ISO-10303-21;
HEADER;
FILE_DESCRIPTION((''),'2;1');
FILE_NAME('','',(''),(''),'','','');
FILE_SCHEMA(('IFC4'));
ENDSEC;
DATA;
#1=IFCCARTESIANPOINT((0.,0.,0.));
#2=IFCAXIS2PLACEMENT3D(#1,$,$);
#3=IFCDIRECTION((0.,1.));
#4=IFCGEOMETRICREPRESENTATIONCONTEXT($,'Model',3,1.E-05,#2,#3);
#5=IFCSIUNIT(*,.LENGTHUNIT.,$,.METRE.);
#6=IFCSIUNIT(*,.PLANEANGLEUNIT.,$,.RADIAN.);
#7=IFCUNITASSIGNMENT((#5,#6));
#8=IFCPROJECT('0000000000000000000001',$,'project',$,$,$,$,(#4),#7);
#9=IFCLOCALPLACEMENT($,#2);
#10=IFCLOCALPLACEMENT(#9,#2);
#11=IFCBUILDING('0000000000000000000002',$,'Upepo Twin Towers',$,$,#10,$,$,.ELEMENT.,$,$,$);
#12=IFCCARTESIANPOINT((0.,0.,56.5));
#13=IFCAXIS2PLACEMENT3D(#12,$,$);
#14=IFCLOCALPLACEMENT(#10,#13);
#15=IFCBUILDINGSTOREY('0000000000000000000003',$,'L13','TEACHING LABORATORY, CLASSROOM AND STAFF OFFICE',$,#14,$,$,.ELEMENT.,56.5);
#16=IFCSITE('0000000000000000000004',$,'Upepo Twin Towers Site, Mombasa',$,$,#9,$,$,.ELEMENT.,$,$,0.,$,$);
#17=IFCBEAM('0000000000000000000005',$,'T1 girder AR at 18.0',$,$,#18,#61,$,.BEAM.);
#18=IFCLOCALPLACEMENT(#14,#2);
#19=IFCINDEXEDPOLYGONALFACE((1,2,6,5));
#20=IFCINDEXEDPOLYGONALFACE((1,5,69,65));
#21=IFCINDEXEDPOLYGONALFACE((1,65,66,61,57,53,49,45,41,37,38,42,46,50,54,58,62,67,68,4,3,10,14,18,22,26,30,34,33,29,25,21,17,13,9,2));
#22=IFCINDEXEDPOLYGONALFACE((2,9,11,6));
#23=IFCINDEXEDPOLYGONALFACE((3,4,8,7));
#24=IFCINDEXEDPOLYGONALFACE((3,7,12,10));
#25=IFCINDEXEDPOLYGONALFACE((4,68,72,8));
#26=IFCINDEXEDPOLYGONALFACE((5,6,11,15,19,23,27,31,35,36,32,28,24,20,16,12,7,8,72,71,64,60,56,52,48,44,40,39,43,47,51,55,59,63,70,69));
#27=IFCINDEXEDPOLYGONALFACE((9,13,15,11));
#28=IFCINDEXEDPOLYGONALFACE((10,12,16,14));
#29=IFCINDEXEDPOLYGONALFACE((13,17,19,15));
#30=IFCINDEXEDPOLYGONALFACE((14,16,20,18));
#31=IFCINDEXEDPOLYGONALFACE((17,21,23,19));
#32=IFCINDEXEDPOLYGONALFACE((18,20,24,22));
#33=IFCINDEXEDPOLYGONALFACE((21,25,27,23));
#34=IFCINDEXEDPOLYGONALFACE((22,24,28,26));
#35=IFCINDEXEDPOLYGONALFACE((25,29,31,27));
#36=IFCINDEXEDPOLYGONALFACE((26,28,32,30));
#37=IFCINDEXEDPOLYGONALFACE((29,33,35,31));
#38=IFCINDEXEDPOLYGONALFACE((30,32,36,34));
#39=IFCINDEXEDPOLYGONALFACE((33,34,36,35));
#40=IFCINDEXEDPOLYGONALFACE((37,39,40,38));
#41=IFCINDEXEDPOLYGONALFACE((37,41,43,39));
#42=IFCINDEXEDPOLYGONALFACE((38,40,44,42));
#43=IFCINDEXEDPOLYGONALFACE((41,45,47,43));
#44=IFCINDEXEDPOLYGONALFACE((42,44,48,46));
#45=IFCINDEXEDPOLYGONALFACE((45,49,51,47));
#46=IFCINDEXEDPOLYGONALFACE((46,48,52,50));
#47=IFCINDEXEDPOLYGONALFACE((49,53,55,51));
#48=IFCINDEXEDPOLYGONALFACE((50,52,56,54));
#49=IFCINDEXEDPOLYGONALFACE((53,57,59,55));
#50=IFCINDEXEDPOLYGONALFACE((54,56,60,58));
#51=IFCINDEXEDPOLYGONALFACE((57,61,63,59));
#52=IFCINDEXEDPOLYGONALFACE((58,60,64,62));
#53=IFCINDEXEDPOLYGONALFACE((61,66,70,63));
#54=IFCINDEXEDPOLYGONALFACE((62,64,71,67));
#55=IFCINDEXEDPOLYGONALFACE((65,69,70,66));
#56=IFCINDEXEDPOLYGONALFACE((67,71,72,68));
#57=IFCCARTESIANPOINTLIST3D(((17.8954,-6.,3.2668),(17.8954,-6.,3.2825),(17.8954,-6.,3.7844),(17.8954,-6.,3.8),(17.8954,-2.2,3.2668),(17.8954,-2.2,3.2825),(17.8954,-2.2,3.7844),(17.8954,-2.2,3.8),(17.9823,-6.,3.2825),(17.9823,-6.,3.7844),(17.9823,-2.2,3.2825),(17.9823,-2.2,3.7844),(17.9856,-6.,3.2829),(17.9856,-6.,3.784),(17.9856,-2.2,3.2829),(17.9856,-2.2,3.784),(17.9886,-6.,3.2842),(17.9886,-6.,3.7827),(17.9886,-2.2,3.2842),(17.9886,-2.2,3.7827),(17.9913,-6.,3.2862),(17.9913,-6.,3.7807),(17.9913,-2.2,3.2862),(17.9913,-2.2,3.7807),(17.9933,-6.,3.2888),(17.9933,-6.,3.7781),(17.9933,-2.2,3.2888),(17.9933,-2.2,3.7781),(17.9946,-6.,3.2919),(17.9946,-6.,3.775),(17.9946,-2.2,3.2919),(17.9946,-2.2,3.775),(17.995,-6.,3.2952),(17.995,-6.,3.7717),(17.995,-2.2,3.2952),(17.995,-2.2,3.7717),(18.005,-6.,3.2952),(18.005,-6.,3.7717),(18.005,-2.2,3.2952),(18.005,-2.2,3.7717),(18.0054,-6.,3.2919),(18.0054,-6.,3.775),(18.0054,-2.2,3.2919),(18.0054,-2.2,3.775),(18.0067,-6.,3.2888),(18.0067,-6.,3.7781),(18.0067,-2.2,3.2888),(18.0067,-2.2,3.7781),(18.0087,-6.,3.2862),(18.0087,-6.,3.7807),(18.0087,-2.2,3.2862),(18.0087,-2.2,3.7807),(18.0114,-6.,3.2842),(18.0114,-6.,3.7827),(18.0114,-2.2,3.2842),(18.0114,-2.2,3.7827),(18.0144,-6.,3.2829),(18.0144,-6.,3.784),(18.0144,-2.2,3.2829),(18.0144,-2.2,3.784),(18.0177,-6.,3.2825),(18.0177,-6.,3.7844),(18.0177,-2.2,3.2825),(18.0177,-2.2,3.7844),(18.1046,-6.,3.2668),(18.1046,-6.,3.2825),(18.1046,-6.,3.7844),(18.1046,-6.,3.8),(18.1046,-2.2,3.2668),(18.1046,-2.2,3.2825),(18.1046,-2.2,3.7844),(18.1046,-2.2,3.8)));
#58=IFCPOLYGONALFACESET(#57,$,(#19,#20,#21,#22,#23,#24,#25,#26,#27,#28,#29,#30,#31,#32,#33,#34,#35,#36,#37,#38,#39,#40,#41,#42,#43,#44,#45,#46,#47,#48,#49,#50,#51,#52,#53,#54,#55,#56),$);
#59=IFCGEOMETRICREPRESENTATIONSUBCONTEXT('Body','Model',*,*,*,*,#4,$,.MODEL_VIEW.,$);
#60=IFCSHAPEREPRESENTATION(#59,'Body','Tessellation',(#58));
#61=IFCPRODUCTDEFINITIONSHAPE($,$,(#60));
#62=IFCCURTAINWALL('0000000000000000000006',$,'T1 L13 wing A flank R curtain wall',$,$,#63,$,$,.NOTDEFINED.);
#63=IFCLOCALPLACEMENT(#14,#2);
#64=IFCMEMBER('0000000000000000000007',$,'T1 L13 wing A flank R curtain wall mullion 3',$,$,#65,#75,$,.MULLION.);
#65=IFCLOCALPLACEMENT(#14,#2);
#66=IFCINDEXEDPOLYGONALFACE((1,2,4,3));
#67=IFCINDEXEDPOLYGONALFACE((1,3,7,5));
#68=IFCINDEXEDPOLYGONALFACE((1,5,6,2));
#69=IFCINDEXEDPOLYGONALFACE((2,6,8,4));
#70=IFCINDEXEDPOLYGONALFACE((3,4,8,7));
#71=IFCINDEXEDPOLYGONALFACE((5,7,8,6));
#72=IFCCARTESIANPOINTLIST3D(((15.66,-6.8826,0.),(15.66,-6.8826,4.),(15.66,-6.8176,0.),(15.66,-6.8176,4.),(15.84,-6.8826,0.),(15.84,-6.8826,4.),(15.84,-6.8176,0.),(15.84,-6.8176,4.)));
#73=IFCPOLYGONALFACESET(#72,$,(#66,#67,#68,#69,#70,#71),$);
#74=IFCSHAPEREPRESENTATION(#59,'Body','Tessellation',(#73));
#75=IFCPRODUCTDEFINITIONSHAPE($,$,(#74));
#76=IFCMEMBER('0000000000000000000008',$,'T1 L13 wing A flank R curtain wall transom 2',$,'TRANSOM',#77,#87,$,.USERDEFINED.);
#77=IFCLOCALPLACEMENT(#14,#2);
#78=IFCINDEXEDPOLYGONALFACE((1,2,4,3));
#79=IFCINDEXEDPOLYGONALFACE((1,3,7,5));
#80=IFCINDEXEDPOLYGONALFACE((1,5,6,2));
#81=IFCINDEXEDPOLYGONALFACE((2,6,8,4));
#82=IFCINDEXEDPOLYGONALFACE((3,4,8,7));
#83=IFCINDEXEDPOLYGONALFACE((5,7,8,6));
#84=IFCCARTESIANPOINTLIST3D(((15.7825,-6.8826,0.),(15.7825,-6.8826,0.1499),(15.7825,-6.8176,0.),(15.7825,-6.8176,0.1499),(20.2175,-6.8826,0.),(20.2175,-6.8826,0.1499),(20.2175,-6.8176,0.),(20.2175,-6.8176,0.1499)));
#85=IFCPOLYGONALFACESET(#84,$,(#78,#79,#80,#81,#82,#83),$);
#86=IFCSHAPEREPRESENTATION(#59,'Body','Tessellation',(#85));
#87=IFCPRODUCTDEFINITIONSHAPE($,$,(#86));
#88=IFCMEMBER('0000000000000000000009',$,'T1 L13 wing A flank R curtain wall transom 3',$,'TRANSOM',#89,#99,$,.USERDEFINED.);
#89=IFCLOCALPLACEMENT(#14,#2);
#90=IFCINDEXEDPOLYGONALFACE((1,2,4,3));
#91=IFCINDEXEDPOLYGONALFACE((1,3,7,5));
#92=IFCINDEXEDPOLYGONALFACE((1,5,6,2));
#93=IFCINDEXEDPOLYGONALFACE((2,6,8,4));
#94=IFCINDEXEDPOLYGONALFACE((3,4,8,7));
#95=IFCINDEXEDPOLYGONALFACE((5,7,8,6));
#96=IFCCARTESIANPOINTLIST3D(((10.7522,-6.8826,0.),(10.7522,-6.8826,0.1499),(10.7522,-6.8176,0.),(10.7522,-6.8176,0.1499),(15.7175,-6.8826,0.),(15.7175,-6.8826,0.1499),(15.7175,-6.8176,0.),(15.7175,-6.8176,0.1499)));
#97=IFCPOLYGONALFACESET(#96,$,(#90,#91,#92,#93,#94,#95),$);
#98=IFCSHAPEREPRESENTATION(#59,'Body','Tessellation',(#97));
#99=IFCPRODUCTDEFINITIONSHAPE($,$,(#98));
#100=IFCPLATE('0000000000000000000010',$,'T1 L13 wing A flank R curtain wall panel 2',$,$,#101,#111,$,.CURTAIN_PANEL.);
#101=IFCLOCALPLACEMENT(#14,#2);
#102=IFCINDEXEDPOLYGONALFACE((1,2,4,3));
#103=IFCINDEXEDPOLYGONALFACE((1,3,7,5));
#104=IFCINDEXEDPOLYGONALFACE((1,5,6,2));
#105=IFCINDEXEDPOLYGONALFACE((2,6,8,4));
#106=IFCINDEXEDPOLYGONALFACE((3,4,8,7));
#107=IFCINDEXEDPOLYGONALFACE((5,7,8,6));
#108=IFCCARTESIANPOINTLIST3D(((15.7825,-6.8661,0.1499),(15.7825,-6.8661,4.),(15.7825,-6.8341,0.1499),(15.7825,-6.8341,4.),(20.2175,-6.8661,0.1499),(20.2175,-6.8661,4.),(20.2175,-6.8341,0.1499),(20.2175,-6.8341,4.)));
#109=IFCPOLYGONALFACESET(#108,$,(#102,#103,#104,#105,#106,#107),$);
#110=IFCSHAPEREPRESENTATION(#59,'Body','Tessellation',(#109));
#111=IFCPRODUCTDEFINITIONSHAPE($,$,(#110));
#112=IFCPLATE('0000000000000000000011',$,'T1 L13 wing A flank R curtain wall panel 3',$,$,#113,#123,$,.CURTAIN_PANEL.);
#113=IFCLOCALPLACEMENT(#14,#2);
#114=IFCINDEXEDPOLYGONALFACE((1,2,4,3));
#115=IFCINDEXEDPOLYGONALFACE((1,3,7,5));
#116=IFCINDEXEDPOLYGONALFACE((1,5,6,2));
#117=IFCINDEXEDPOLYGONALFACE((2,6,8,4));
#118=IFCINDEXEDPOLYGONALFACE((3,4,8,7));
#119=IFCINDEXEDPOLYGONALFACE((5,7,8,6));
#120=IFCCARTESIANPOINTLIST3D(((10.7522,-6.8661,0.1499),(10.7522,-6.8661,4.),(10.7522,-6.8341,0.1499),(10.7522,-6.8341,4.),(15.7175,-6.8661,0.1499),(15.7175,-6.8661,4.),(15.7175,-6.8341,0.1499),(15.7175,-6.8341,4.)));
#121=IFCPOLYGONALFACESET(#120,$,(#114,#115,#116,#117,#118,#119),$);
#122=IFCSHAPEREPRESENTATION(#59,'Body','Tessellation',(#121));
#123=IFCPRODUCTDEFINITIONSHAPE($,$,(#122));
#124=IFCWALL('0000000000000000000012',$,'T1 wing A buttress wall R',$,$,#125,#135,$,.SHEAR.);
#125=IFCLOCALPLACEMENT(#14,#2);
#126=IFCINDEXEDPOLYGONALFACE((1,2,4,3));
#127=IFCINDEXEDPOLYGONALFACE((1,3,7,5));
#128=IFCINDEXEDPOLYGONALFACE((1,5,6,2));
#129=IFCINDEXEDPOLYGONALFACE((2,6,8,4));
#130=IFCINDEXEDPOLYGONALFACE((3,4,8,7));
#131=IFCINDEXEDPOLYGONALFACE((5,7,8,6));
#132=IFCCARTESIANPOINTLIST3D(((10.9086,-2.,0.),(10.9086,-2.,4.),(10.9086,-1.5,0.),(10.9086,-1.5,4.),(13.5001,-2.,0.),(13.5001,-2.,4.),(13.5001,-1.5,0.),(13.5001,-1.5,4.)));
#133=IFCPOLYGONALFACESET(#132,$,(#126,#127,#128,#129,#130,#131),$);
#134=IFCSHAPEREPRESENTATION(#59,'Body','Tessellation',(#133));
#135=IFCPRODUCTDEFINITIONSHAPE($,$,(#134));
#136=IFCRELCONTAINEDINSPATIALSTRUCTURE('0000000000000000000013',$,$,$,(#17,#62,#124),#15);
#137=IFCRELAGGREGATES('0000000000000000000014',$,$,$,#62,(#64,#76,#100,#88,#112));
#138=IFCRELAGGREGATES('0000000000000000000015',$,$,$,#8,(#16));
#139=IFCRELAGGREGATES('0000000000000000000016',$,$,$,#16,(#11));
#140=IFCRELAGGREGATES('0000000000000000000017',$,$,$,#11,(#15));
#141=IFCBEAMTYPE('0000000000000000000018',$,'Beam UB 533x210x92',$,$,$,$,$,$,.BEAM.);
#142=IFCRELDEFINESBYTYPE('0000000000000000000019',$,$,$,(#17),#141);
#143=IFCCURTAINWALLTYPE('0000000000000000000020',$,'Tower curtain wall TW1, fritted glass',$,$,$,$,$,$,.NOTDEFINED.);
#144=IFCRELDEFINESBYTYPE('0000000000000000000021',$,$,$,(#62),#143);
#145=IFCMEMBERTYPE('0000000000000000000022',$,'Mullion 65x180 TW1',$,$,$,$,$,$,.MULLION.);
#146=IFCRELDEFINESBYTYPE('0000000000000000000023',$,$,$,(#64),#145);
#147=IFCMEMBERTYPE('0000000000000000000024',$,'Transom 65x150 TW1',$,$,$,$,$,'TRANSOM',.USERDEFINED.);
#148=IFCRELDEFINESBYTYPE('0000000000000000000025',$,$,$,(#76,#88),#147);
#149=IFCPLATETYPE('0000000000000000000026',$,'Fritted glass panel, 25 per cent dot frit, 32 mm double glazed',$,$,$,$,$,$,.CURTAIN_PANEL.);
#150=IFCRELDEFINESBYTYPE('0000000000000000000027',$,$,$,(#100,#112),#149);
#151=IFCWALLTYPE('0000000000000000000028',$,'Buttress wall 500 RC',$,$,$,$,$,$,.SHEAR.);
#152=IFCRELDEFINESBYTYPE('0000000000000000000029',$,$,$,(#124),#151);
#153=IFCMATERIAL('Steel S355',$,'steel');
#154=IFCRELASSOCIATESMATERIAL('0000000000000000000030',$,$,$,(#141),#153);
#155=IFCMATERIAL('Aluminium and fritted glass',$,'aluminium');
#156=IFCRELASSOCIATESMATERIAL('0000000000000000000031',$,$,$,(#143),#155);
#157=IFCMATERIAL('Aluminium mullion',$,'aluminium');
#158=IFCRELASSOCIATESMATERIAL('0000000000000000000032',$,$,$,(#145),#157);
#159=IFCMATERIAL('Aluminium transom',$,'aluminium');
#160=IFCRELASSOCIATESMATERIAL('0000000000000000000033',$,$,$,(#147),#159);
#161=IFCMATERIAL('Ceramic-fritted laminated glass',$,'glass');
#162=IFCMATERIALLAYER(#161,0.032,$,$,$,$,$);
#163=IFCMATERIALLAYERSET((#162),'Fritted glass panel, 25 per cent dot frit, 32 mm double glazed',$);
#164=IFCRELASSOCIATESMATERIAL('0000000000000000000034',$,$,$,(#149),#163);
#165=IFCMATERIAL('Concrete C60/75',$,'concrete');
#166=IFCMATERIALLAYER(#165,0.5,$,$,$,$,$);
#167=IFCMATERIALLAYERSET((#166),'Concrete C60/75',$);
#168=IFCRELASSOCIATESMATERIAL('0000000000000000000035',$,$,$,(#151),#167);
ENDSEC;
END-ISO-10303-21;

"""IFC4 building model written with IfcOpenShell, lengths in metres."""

from ifc_helpers import new_model, si_unit, direction, frame, frame_2d, origin, origin_2d, place, context, subcontext, project, spatial, rectangle, i_section, extrude, material, layer, layer_set, material_profile, profile_set, type_object, element, aggregate, save


model = new_model("IFC4")

# Units and contexts
model_context = context("Model", 3, precision=1e-05, world=origin(), true_north=direction((0.0, 1.0)))
body_context = subcontext(model_context, "Body", "Model", "MODEL_VIEW")
ifc_project = project(units=[si_unit("LENGTHUNIT", "METRE"), si_unit("PLANEANGLEUNIT", "RADIAN")], contexts=[model_context])

# Site, building, storey
site_placement = place(None, origin())
site = spatial("IfcSite", under=ifc_project, at=site_placement, Name="Upepo Twin Towers Site, Mombasa", CompositionType="ELEMENT", RefElevation=0.0)
building_placement = place(site_placement, origin())
building = spatial("IfcBuilding", under=site, at=building_placement, Name="Upepo Twin Towers", CompositionType="ELEMENT")
storey_placement = place(building_placement, frame((0.0, 0.0, 56.5)))
storey = spatial("IfcBuildingStorey", under=building, at=storey_placement, Name="L13", Description="TEACHING LABORATORY, CLASSROOM AND STAFF OFFICE", CompositionType="ELEMENT", Elevation=56.5)

# Beam
ifc_material_1 = material(Name="Steel S355", Category="steel")
ifc_material_profile_1 = material_profile(ifc_material_1, i_section(OverallWidth=0.2092, OverallDepth=0.5332, WebThickness=0.01, FlangeThickness=0.0156, FilletRadius=0.0127, at=origin_2d()), Name="UB 533x210x92")
ifc_profile_set_1 = profile_set([ifc_material_profile_1], Name="Steel S355")
beam_type_1 = type_object("IfcBeamType", Name="Beam UB 533x210x92", PredefinedType="BEAM", material=ifc_profile_set_1)
for number, where, z_axis, x_axis, name in (
    (1, (18.0, -6.0, 3.5334), (0.0, 1.0, 0.0), (-1.0, 0.0, 0.0), "T1 girder AR at 18.0"),
):
    element("IfcBeam", number, at=place(storey_placement, frame(where, z_axis=z_axis, x_axis=x_axis)), inside=storey, type_object=beam_type_1, Name=name, PredefinedType="BEAM", context=body_context, shape_type="SweptSolid", body=[
        extrude(i_section(OverallWidth=0.2092, OverallDepth=0.5332, WebThickness=0.01, FlangeThickness=0.0156, FilletRadius=0.0127, at=origin_2d()), origin(), (0.0, 0.0, 1.0), 3.8),
    ])

# Curtain wall, members, plates
ifc_material_2 = material(Name="Aluminium and fritted glass", Category="aluminium")
curtain_wall_type = type_object("IfcCurtainWallType", Name="Tower curtain wall TW1, fritted glass", PredefinedType="NOTDEFINED", material=ifc_material_2)
curtain_wall_placement = place(storey_placement, origin())
curtain_wall = element("IfcCurtainWall", 2, at=curtain_wall_placement, inside=storey, type_object=curtain_wall_type, Name="T1 L13 wing A flank R curtain wall", PredefinedType="NOTDEFINED")
ifc_material_3 = material(Name="Aluminium mullion", Category="aluminium")
ifc_material_profile_2 = material_profile(ifc_material_3, rectangle(XDim=0.0649, YDim=0.1799, at=origin_2d()), Name="MULLION 65x180")
ifc_profile_set_2 = profile_set([ifc_material_profile_2], Name="Aluminium mullion")
member_type_1 = type_object("IfcMemberType", Name="Mullion 65x180 TW1", PredefinedType="MULLION", material=ifc_profile_set_2)
member_1_placement = place(storey_placement, frame((15.75, -6.8501, 0.0), z_axis=(0.0, 0.0, 1.0), x_axis=(0.0, -1.0, 0.0)))
member_1 = element("IfcMember", 3, at=member_1_placement, type_object=member_type_1, Name="T1 L13 wing A flank R curtain wall mullion 3", PredefinedType="MULLION", context=body_context, shape_type="SweptSolid", body=[
    extrude(rectangle(XDim=0.0649, YDim=0.1799, at=origin_2d()), origin(), (0.0, 0.0, 1.0), 4.0),
])
ifc_material_4 = material(Name="Aluminium transom", Category="aluminium")
ifc_material_profile_3 = material_profile(ifc_material_4, rectangle(XDim=0.0649, YDim=0.1499, at=origin_2d()), Name="TRANSOM 65x150")
ifc_profile_set_3 = profile_set([ifc_material_profile_3], Name="Aluminium transom")
member_type_2 = type_object("IfcMemberType", Name="Transom 65x150 TW1", ElementType="TRANSOM", PredefinedType="USERDEFINED", material=ifc_profile_set_3)
member_2_placement = place(storey_placement, frame((20.2175, -6.8501, 0.075), z_axis=(-1.0, 0.0, 0.0), x_axis=(0.0, -1.0, 0.0)))
member_2 = element("IfcMember", 4, at=member_2_placement, type_object=member_type_2, Name="T1 L13 wing A flank R curtain wall transom 2", ObjectType="TRANSOM", PredefinedType="USERDEFINED", context=body_context, shape_type="SweptSolid", body=[
    extrude(rectangle(XDim=0.0649, YDim=0.1499, at=origin_2d()), origin(), (0.0, 0.0, 1.0), 4.4351),
])
member_3_placement = place(storey_placement, frame((15.7175, -6.8501, 0.075), z_axis=(-1.0, 0.0, 0.0), x_axis=(0.0, -1.0, 0.0)))
member_3 = element("IfcMember", 5, at=member_3_placement, type_object=member_type_2, Name="T1 L13 wing A flank R curtain wall transom 3", ObjectType="TRANSOM", PredefinedType="USERDEFINED", context=body_context, shape_type="SweptSolid", body=[
    extrude(rectangle(XDim=0.0649, YDim=0.1499, at=origin_2d()), origin(), (0.0, 0.0, 1.0), 4.9653),
])
ifc_material_5 = material(Name="Ceramic-fritted laminated glass", Category="glass")
ifc_layer_1 = layer(ifc_material_5, 0.032)
ifc_layer_set_1 = layer_set([ifc_layer_1], Name="Fritted glass panel, 25 per cent dot frit, 32 mm double glazed")
plate_type = type_object("IfcPlateType", Name="Fritted glass panel, 25 per cent dot frit, 32 mm double glazed", PredefinedType="CURTAIN_PANEL", material=ifc_layer_set_1)
plate_1_placement = place(storey_placement, frame((18.0, -6.8501, 0.1499), z_axis=(0.0, 0.0, 1.0), x_axis=(-1.0, 0.0, 0.0)))
plate_1 = element("IfcPlate", 6, at=plate_1_placement, type_object=plate_type, Name="T1 L13 wing A flank R curtain wall panel 2", PredefinedType="CURTAIN_PANEL", context=body_context, shape_type="SweptSolid", body=[
    extrude(rectangle(XDim=4.4351, YDim=0.032, at=origin_2d()), origin(), (0.0, 0.0, 1.0), 3.8501),
])
plate_2_placement = place(storey_placement, frame((13.2349, -6.8501, 0.1499), z_axis=(0.0, 0.0, 1.0), x_axis=(-1.0, 0.0, 0.0)))
plate_2 = element("IfcPlate", 7, at=plate_2_placement, type_object=plate_type, Name="T1 L13 wing A flank R curtain wall panel 3", PredefinedType="CURTAIN_PANEL", context=body_context, shape_type="SweptSolid", body=[
    extrude(rectangle(XDim=4.9653, YDim=0.032, at=origin_2d()), origin(), (0.0, 0.0, 1.0), 3.8501),
])
aggregate(curtain_wall, [member_1, member_2, plate_1, member_3, plate_2])

# Wall
ifc_material_6 = material(Name="Concrete C60/75", Category="concrete")
ifc_layer_2 = layer(ifc_material_6, 0.5)
ifc_layer_set_2 = layer_set([ifc_layer_2], Name="Concrete C60/75")
wall_type_1 = type_object("IfcWallType", Name="Buttress wall 500 RC", PredefinedType="SHEAR", material=ifc_layer_set_2)
wall_1_placement = place(storey_placement, frame((10.9084, -1.75, 0.0), z_axis=(0.0, 0.0, 1.0), x_axis=(1.0, 0.0, 0.0)))
element("IfcWall", 8, at=wall_1_placement, inside=storey, type_object=wall_type_1, Name="T1 wing A buttress wall R", PredefinedType="SHEAR", context=body_context, shape_type="SweptSolid", body=[
    extrude(rectangle(XDim=2.5916, YDim=0.5, at=frame_2d((1.2959, 0.0))), origin(), (0.0, 0.0, 1.0), 4.0),
])

save(model, "model.ifc")
